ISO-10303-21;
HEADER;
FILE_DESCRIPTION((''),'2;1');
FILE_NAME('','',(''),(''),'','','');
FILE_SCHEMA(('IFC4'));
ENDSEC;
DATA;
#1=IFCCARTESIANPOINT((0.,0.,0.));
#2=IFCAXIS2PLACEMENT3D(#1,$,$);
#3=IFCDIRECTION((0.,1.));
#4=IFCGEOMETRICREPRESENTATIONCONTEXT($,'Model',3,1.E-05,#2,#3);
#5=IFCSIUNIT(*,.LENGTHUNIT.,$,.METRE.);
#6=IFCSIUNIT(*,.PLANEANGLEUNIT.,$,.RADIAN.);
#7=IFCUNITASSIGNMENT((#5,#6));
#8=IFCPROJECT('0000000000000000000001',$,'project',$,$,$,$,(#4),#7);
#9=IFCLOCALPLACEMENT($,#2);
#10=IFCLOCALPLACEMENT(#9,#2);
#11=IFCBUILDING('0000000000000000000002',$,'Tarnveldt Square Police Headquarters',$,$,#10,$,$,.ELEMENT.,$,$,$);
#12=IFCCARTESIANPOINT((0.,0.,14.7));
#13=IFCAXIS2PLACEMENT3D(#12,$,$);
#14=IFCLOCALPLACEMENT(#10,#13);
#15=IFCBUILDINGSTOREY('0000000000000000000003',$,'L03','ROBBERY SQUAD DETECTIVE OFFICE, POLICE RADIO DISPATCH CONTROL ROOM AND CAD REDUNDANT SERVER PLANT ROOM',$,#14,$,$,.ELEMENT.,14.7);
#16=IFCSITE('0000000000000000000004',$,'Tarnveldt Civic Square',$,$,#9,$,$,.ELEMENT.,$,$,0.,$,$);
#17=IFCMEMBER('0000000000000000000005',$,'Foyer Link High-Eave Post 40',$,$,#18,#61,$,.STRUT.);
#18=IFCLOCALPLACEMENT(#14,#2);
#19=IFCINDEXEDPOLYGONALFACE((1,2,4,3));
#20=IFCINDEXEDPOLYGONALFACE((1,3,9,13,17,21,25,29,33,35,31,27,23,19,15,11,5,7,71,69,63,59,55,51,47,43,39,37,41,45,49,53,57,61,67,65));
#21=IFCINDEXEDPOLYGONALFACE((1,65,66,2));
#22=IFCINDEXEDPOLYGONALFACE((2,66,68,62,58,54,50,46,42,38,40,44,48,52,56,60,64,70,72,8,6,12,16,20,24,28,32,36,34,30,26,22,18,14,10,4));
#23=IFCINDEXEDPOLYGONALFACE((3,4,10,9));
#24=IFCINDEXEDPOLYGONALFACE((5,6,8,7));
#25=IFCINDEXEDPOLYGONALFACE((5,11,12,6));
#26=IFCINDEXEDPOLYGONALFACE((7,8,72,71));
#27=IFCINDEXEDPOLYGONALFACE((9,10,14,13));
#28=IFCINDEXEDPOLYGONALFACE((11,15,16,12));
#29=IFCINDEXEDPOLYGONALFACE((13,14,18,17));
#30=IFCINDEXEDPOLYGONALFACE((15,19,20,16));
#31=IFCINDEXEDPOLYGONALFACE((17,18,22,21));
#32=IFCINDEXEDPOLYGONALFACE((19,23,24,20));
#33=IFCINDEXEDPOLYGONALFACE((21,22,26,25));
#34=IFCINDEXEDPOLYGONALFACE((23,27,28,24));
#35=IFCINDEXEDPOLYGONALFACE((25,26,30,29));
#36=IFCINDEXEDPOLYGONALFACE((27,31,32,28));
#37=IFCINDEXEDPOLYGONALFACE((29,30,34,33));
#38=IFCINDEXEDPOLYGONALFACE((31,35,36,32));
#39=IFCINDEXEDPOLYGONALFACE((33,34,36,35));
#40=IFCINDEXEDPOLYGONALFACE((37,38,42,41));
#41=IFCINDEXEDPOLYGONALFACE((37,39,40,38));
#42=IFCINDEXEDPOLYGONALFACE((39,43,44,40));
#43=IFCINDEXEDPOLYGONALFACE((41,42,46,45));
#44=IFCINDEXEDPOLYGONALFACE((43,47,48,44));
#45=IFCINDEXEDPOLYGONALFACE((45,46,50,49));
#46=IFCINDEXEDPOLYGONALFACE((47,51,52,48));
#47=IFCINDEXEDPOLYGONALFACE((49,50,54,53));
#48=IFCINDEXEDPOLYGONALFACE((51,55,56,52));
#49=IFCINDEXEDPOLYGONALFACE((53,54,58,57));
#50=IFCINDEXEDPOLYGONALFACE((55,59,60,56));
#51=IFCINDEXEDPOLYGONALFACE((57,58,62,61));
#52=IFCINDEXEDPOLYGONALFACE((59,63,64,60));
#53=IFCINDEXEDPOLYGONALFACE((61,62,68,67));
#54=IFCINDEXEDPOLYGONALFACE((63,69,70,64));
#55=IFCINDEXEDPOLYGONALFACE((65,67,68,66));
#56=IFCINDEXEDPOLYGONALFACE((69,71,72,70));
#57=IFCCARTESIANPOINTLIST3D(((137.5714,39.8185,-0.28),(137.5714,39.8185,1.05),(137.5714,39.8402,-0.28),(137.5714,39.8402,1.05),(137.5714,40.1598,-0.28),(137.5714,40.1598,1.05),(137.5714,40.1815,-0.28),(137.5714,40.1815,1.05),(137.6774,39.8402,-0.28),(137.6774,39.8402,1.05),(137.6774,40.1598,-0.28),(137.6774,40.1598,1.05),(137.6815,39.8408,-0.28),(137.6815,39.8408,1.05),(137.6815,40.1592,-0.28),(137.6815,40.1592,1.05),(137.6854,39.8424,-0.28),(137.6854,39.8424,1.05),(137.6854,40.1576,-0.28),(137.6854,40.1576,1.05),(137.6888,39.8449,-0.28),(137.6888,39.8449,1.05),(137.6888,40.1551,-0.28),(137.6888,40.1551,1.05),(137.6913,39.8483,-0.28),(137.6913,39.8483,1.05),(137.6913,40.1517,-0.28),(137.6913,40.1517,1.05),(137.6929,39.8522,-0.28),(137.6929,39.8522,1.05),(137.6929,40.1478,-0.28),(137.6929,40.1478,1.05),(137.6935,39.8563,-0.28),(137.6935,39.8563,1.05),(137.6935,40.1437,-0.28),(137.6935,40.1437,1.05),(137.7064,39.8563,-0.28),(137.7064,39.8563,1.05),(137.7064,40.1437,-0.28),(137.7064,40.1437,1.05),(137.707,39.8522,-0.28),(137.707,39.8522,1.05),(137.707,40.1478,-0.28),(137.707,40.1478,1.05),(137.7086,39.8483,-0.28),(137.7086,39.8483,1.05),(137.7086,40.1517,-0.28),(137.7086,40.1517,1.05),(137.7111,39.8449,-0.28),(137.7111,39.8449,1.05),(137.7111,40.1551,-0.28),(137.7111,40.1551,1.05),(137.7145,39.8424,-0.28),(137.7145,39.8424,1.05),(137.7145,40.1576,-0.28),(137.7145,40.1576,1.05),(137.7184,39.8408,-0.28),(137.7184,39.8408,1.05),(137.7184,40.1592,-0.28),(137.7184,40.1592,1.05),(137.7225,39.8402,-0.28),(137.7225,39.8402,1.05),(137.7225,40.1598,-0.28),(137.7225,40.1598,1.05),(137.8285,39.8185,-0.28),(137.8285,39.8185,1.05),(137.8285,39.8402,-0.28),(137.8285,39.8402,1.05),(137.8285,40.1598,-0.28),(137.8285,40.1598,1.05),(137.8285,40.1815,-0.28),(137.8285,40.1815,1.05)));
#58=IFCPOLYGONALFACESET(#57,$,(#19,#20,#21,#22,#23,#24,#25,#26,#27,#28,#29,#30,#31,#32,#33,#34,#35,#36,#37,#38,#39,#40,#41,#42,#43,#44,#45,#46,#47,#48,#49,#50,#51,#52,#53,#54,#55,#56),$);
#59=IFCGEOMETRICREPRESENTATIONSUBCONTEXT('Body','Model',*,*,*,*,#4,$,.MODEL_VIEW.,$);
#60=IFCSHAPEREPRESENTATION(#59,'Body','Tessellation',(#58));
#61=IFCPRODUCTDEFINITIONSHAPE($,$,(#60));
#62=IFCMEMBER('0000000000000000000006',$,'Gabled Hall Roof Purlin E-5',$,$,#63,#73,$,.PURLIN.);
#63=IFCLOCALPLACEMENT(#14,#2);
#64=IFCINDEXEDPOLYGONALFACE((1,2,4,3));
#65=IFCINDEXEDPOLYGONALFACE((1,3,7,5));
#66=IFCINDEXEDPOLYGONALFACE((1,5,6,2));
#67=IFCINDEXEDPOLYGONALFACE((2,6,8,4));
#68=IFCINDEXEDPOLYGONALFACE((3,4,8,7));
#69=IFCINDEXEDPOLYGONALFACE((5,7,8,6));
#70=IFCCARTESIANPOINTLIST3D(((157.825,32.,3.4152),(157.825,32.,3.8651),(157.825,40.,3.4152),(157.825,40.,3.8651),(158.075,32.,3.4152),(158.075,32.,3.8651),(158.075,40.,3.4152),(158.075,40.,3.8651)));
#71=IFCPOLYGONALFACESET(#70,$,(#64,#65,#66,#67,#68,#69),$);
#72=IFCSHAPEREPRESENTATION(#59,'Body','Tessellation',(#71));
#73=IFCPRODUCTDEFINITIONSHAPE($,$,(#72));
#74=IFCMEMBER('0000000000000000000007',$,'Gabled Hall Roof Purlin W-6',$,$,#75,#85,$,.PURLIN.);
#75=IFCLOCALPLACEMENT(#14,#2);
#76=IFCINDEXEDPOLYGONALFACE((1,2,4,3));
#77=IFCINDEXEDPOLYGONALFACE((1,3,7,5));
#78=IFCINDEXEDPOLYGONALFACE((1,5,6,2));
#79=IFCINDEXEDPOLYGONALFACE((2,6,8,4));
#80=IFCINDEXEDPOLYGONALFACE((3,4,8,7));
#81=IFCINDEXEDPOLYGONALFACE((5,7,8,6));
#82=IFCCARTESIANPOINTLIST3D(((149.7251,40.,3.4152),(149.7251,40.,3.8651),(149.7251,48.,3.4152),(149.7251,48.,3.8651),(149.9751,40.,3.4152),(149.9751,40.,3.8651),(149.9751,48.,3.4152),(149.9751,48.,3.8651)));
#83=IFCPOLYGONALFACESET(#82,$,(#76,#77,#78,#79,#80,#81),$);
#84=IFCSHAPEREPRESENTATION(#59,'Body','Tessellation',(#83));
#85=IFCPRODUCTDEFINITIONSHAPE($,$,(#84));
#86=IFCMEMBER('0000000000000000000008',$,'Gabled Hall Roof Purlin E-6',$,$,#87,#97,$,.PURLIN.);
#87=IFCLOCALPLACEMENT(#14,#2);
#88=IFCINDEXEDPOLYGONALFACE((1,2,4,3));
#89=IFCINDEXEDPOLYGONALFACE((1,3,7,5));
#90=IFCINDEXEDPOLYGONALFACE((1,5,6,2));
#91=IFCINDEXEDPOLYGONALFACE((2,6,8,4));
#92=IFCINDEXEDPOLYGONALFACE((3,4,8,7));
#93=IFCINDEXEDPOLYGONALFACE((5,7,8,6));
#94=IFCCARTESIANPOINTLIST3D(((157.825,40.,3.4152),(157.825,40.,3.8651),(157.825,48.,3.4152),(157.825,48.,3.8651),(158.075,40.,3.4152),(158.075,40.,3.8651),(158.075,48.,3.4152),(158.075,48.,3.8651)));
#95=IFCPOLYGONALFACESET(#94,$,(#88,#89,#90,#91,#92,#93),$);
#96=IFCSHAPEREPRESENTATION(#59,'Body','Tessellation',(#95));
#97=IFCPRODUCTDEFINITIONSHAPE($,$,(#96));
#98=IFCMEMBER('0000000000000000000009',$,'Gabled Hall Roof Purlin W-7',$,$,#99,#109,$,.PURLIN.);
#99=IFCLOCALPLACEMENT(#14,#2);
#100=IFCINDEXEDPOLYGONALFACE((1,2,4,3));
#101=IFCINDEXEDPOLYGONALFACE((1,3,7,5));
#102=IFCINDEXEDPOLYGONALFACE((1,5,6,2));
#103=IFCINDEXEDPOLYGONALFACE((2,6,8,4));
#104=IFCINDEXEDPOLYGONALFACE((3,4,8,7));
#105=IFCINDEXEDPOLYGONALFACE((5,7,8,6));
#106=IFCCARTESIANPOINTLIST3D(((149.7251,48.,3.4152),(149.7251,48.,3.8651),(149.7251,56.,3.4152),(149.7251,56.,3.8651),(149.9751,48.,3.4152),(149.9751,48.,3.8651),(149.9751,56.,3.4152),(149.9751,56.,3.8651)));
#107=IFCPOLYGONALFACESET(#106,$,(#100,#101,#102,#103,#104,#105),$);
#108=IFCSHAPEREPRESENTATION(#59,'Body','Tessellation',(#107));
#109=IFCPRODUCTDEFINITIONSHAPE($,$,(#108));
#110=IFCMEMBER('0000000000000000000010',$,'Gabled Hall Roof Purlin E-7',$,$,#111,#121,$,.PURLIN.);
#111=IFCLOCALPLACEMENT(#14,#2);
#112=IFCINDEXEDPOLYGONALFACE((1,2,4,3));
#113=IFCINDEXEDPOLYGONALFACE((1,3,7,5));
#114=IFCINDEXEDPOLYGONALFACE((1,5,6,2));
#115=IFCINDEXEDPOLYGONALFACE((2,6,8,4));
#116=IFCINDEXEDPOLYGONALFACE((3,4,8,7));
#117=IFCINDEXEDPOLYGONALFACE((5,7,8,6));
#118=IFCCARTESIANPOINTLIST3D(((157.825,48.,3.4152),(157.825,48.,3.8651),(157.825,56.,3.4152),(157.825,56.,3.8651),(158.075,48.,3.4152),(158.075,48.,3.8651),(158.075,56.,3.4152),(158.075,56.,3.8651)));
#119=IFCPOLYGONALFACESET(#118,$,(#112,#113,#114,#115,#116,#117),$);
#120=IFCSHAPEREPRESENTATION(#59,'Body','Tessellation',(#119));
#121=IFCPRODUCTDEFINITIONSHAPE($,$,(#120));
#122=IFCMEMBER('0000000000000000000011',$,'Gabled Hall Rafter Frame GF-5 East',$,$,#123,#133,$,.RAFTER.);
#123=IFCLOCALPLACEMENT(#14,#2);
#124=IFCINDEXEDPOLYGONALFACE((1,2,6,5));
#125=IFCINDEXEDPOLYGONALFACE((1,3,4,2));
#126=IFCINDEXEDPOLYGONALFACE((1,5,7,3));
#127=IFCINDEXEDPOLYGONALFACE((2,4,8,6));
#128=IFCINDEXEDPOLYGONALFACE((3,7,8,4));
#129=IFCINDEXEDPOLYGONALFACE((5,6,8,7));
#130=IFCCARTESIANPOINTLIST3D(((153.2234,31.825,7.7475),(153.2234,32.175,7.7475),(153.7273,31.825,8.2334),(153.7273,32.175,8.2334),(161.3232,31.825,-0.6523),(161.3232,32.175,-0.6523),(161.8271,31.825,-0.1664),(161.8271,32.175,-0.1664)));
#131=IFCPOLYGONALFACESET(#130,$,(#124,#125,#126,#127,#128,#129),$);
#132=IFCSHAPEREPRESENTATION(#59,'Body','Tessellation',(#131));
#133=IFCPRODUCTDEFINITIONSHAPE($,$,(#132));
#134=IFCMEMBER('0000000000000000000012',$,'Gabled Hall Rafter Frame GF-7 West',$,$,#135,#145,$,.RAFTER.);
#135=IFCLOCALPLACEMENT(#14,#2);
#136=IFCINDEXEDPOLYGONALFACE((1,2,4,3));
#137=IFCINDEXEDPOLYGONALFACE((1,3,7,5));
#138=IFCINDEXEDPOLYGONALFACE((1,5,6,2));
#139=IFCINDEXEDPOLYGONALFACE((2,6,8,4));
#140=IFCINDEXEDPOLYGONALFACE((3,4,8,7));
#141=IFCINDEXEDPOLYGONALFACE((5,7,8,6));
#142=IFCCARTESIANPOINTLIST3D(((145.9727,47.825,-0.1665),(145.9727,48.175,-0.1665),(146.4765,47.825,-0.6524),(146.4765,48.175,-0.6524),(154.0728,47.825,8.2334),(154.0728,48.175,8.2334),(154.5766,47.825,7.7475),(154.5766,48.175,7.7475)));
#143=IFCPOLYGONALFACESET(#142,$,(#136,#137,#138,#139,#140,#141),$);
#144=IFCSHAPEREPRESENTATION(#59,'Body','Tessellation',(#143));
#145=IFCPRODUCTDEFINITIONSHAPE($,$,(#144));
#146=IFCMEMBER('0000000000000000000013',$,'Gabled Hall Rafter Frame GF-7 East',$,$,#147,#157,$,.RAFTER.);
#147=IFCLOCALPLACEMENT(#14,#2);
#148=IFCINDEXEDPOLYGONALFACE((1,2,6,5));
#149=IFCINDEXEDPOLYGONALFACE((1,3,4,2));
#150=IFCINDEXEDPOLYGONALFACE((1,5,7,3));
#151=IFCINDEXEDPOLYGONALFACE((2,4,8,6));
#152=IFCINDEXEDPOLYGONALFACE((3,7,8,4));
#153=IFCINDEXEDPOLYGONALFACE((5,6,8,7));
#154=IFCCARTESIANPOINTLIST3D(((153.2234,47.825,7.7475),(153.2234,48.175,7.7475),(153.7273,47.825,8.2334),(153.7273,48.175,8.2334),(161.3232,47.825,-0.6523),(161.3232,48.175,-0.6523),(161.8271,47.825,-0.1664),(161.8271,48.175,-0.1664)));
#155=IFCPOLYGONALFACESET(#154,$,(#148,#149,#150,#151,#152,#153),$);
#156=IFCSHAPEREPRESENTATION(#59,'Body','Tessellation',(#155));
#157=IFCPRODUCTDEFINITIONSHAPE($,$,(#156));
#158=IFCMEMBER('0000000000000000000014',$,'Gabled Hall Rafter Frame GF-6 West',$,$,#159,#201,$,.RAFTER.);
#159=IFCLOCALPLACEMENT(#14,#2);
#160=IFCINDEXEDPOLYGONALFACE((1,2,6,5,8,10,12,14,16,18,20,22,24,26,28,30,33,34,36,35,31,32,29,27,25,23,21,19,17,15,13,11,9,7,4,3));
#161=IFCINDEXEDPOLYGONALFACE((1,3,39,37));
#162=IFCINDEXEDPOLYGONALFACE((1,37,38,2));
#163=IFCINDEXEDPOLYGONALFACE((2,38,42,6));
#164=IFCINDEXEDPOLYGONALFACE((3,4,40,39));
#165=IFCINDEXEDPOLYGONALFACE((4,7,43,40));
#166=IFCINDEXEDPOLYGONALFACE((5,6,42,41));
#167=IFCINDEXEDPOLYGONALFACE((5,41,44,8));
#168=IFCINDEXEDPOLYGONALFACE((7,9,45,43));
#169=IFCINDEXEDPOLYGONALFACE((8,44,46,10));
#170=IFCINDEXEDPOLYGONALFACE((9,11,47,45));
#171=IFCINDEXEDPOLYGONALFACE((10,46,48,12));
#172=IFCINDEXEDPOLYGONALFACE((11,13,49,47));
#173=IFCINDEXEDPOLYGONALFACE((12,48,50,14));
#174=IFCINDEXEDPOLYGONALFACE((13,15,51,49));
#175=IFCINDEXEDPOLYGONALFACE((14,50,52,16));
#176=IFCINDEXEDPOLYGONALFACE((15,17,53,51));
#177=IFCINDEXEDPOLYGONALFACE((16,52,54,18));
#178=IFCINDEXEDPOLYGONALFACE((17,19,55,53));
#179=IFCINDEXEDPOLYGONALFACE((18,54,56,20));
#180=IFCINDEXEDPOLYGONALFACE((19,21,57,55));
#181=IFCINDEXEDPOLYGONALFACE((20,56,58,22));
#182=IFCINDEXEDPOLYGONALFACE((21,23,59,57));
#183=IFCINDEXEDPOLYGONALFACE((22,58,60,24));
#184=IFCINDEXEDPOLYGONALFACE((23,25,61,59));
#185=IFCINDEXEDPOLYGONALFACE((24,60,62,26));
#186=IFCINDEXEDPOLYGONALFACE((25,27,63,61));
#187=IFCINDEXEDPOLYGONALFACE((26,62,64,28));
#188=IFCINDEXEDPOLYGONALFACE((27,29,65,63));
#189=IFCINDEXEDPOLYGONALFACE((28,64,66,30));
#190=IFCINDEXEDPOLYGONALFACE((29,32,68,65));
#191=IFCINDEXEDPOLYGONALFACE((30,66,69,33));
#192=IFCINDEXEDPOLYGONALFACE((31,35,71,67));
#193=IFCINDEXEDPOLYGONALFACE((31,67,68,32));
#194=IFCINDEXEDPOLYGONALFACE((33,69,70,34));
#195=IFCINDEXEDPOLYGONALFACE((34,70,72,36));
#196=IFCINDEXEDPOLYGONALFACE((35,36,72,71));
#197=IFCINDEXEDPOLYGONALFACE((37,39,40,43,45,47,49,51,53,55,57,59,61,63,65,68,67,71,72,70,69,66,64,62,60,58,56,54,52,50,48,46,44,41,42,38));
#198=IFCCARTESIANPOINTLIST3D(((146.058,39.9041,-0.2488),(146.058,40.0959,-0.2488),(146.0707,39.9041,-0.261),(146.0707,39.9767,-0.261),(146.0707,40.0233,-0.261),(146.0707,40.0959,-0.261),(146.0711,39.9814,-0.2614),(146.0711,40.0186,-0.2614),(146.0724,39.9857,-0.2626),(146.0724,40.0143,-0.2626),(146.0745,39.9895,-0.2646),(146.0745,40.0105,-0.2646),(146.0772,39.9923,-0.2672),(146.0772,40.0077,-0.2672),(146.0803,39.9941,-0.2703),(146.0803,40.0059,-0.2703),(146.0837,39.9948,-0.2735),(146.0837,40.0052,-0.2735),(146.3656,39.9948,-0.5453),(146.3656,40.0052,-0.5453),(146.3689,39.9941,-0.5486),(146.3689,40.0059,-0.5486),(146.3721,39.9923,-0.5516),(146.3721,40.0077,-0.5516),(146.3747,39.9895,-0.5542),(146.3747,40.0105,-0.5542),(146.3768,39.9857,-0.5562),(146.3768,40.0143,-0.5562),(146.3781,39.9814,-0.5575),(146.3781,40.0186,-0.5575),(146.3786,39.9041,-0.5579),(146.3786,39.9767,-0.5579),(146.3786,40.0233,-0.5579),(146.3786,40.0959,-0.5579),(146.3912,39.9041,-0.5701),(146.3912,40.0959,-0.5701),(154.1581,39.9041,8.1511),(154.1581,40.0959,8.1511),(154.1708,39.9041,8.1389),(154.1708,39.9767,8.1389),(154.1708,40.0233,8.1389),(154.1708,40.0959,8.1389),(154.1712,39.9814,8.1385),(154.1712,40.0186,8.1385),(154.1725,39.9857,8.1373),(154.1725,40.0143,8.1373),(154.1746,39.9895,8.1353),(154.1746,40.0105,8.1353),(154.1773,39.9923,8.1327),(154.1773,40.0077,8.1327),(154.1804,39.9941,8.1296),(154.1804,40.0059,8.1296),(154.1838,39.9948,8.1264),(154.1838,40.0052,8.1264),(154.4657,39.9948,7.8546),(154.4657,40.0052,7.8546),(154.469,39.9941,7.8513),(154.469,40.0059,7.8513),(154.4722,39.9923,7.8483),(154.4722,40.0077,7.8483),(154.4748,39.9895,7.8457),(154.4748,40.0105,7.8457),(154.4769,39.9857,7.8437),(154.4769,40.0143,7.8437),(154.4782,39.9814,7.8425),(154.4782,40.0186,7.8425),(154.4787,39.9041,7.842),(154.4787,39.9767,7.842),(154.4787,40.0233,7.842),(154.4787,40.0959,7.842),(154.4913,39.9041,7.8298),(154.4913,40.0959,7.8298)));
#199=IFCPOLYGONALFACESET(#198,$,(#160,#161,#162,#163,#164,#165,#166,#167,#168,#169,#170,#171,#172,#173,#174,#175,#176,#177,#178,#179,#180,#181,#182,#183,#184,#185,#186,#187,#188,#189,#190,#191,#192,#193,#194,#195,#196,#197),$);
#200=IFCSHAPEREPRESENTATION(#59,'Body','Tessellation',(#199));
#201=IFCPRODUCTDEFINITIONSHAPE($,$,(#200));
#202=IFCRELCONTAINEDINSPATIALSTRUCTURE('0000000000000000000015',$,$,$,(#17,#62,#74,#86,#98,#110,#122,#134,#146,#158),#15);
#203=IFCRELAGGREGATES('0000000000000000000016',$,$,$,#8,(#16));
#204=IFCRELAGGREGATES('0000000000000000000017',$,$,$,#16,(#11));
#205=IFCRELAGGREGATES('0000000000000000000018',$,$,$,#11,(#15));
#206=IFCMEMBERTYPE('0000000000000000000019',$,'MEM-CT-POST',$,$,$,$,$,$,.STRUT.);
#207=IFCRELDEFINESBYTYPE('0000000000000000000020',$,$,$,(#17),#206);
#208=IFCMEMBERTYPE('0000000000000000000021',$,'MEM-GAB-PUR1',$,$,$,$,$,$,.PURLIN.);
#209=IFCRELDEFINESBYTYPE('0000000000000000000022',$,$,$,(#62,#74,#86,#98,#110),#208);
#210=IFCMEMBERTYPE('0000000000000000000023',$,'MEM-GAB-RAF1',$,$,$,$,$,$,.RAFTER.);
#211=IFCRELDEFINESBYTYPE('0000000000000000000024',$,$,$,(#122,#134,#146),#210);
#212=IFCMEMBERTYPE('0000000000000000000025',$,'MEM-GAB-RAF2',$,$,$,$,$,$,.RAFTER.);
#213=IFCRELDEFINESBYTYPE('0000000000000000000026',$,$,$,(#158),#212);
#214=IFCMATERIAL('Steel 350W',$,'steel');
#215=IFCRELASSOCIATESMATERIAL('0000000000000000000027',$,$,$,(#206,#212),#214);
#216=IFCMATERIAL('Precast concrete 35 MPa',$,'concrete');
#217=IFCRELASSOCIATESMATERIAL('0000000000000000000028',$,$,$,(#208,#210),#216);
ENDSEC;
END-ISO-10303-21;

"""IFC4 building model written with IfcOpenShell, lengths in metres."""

from ifc_helpers import new_model, si_unit, direction, frame, origin, origin_2d, place, context, subcontext, project, spatial, rectangle, i_section, extrude, material, material_profile, profile_set, type_object, element, save


model = new_model("IFC4")

# Units and contexts
model_context = context("Model", 3, precision=1e-05, world=origin(), true_north=direction((0.0, 1.0)))
body_context = subcontext(model_context, "Body", "Model", "MODEL_VIEW")
ifc_project = project(units=[si_unit("LENGTHUNIT", "METRE"), si_unit("PLANEANGLEUNIT", "RADIAN")], contexts=[model_context])

# Site, building, storey
site_placement = place(None, origin())
site = spatial("IfcSite", under=ifc_project, at=site_placement, Name="Tarnveldt Civic Square", CompositionType="ELEMENT", RefElevation=0.0)
building_placement = place(site_placement, origin())
building = spatial("IfcBuilding", under=site, at=building_placement, Name="Tarnveldt Square Police Headquarters", CompositionType="ELEMENT")
storey_placement = place(building_placement, frame((0.0, 0.0, 14.7)))
storey = spatial("IfcBuildingStorey", under=building, at=storey_placement, Name="L03", Description="ROBBERY SQUAD DETECTIVE OFFICE, POLICE RADIO DISPATCH CONTROL ROOM AND CAD REDUNDANT SERVER PLANT ROOM", CompositionType="ELEMENT", Elevation=14.7)

# Shared definitions
ifc_material_1 = material(Name="Steel 350W", Category="steel")

# Members
ifc_material_profile_1 = material_profile(ifc_material_1, i_section(OverallWidth=0.2571, OverallDepth=0.363, WebThickness=0.0129, FlangeThickness=0.0217, FilletRadius=0.0161, at=origin_2d()), Name="W360x122")
ifc_profile_set_1 = profile_set([ifc_material_profile_1], Name="Steel 350W")
member_type_1 = type_object("IfcMemberType", Name="MEM-CT-POST", PredefinedType="STRUT", material=ifc_profile_set_1)
member_1_placement = place(storey_placement, frame((137.7, 40.0, -0.28), z_axis=(0.0, 0.0, 1.0), x_axis=(1.0, 0.0, 0.0)))
element("IfcMember", 1, at=member_1_placement, inside=storey, type_object=member_type_1, Name="Foyer Link High-Eave Post 40", PredefinedType="STRUT", context=body_context, shape_type="SweptSolid", body=[
    extrude(i_section(OverallWidth=0.2571, OverallDepth=0.363, WebThickness=0.0129, FlangeThickness=0.0217, FilletRadius=0.0161, at=origin_2d()), origin(), (0.0, 0.0, 1.0), 1.3301),
])
ifc_material_2 = material(Name="Precast concrete 35 MPa", Category="concrete")
ifc_material_profile_2 = material_profile(ifc_material_2, rectangle(XDim=0.25, YDim=0.45, at=origin_2d()), Name="PC-PUR250x450")
ifc_profile_set_2 = profile_set([ifc_material_profile_2], Name="Precast concrete 35 MPa")
member_type_2 = type_object("IfcMemberType", Name="MEM-GAB-PUR1", PredefinedType="PURLIN", material=ifc_profile_set_2)
for number, where, z_axis, x_axis, name in (
    (2, (157.95, 32.0, 3.6401), (0.0, 1.0, 0.0), (-1.0, 0.0, 0.0), "Gabled Hall Roof Purlin E-5"),
    (3, (149.8501, 40.0, 3.6401), (0.0, 1.0, 0.0), (-1.0, 0.0, 0.0), "Gabled Hall Roof Purlin W-6"),
    (4, (157.95, 40.0, 3.6401), (0.0, 1.0, 0.0), (-1.0, 0.0, 0.0), "Gabled Hall Roof Purlin E-6"),
    (5, (149.8501, 48.0, 3.6401), (0.0, 1.0, 0.0), (-1.0, 0.0, 0.0), "Gabled Hall Roof Purlin W-7"),
    (6, (157.95, 48.0, 3.6401), (0.0, 1.0, 0.0), (-1.0, 0.0, 0.0), "Gabled Hall Roof Purlin E-7"),
):
    element("IfcMember", number, at=place(storey_placement, frame(where, z_axis=z_axis, x_axis=x_axis)), inside=storey, type_object=member_type_2, Name=name, PredefinedType="PURLIN", context=body_context, shape_type="SweptSolid", body=[
        extrude(rectangle(XDim=0.25, YDim=0.45, at=origin_2d()), origin(), (0.0, 0.0, 1.0), 8.0),
    ])
ifc_material_profile_3 = material_profile(ifc_material_2, rectangle(XDim=0.3501, YDim=0.7, at=origin_2d()), Name="PC-RAF350x700")
ifc_profile_set_3 = profile_set([ifc_material_profile_3], Name="Precast concrete 35 MPa")
member_type_3 = type_object("IfcMemberType", Name="MEM-GAB-RAF1", PredefinedType="RAFTER", material=ifc_profile_set_3)
member_2_placement = place(storey_placement, frame((153.4753, 32.0, 7.9905), z_axis=(0.694133, 0.0, -0.719847), x_axis=(0.0, 1.0, 0.0)))
element("IfcMember", 7, at=member_2_placement, inside=storey, type_object=member_type_3, Name="Gabled Hall Rafter Frame GF-5 East", PredefinedType="RAFTER", context=body_context, shape_type="SweptSolid", body=[
    extrude(rectangle(XDim=0.3501, YDim=0.7, at=origin_2d()), origin(), (0.0, 0.0, 1.0), 11.6689),
])
member_3_placement = place(storey_placement, frame((146.2246, 48.0, -0.4094), z_axis=(0.694144, 0.0, 0.719836), x_axis=(0.0, 1.0, 0.0)))
element("IfcMember", 8, at=member_3_placement, inside=storey, type_object=member_type_3, Name="Gabled Hall Rafter Frame GF-7 West", PredefinedType="RAFTER", context=body_context, shape_type="SweptSolid", body=[
    extrude(rectangle(XDim=0.3501, YDim=0.7, at=origin_2d()), origin(), (0.0, 0.0, 1.0), 11.6692),
])
member_4_placement = place(storey_placement, frame((153.4753, 48.0, 7.9905), z_axis=(0.694133, 0.0, -0.719847), x_axis=(0.0, 1.0, 0.0)))
element("IfcMember", 9, at=member_4_placement, inside=storey, type_object=member_type_3, Name="Gabled Hall Rafter Frame GF-7 East", PredefinedType="RAFTER", context=body_context, shape_type="SweptSolid", body=[
    extrude(rectangle(XDim=0.3501, YDim=0.7, at=origin_2d()), origin(), (0.0, 0.0, 1.0), 11.6689),
])
ifc_material_profile_4 = material_profile(ifc_material_1, i_section(OverallWidth=0.1919, OverallDepth=0.4629, WebThickness=0.0105, FlangeThickness=0.0176, FilletRadius=0.0181, at=origin_2d()), Name="W460x89")
ifc_profile_set_4 = profile_set([ifc_material_profile_4], Name="Steel 350W")
member_type_4 = type_object("IfcMemberType", Name="MEM-GAB-RAF2", PredefinedType="RAFTER", material=ifc_profile_set_4)
member_5_placement = place(storey_placement, frame((146.2246, 40.0, -0.4094), z_axis=(0.694144, 0.0, 0.719836), x_axis=(0.0, 1.0, 0.0)))
element("IfcMember", 10, at=member_5_placement, inside=storey, type_object=member_type_4, Name="Gabled Hall Rafter Frame GF-6 West", PredefinedType="RAFTER", context=body_context, shape_type="SweptSolid", body=[
    extrude(i_section(OverallWidth=0.1919, OverallDepth=0.4629, WebThickness=0.0105, FlangeThickness=0.0176, FilletRadius=0.0181, at=origin_2d()), origin(), (0.0, 0.0, 1.0), 11.6692),
])

save(model, "model.ifc")
